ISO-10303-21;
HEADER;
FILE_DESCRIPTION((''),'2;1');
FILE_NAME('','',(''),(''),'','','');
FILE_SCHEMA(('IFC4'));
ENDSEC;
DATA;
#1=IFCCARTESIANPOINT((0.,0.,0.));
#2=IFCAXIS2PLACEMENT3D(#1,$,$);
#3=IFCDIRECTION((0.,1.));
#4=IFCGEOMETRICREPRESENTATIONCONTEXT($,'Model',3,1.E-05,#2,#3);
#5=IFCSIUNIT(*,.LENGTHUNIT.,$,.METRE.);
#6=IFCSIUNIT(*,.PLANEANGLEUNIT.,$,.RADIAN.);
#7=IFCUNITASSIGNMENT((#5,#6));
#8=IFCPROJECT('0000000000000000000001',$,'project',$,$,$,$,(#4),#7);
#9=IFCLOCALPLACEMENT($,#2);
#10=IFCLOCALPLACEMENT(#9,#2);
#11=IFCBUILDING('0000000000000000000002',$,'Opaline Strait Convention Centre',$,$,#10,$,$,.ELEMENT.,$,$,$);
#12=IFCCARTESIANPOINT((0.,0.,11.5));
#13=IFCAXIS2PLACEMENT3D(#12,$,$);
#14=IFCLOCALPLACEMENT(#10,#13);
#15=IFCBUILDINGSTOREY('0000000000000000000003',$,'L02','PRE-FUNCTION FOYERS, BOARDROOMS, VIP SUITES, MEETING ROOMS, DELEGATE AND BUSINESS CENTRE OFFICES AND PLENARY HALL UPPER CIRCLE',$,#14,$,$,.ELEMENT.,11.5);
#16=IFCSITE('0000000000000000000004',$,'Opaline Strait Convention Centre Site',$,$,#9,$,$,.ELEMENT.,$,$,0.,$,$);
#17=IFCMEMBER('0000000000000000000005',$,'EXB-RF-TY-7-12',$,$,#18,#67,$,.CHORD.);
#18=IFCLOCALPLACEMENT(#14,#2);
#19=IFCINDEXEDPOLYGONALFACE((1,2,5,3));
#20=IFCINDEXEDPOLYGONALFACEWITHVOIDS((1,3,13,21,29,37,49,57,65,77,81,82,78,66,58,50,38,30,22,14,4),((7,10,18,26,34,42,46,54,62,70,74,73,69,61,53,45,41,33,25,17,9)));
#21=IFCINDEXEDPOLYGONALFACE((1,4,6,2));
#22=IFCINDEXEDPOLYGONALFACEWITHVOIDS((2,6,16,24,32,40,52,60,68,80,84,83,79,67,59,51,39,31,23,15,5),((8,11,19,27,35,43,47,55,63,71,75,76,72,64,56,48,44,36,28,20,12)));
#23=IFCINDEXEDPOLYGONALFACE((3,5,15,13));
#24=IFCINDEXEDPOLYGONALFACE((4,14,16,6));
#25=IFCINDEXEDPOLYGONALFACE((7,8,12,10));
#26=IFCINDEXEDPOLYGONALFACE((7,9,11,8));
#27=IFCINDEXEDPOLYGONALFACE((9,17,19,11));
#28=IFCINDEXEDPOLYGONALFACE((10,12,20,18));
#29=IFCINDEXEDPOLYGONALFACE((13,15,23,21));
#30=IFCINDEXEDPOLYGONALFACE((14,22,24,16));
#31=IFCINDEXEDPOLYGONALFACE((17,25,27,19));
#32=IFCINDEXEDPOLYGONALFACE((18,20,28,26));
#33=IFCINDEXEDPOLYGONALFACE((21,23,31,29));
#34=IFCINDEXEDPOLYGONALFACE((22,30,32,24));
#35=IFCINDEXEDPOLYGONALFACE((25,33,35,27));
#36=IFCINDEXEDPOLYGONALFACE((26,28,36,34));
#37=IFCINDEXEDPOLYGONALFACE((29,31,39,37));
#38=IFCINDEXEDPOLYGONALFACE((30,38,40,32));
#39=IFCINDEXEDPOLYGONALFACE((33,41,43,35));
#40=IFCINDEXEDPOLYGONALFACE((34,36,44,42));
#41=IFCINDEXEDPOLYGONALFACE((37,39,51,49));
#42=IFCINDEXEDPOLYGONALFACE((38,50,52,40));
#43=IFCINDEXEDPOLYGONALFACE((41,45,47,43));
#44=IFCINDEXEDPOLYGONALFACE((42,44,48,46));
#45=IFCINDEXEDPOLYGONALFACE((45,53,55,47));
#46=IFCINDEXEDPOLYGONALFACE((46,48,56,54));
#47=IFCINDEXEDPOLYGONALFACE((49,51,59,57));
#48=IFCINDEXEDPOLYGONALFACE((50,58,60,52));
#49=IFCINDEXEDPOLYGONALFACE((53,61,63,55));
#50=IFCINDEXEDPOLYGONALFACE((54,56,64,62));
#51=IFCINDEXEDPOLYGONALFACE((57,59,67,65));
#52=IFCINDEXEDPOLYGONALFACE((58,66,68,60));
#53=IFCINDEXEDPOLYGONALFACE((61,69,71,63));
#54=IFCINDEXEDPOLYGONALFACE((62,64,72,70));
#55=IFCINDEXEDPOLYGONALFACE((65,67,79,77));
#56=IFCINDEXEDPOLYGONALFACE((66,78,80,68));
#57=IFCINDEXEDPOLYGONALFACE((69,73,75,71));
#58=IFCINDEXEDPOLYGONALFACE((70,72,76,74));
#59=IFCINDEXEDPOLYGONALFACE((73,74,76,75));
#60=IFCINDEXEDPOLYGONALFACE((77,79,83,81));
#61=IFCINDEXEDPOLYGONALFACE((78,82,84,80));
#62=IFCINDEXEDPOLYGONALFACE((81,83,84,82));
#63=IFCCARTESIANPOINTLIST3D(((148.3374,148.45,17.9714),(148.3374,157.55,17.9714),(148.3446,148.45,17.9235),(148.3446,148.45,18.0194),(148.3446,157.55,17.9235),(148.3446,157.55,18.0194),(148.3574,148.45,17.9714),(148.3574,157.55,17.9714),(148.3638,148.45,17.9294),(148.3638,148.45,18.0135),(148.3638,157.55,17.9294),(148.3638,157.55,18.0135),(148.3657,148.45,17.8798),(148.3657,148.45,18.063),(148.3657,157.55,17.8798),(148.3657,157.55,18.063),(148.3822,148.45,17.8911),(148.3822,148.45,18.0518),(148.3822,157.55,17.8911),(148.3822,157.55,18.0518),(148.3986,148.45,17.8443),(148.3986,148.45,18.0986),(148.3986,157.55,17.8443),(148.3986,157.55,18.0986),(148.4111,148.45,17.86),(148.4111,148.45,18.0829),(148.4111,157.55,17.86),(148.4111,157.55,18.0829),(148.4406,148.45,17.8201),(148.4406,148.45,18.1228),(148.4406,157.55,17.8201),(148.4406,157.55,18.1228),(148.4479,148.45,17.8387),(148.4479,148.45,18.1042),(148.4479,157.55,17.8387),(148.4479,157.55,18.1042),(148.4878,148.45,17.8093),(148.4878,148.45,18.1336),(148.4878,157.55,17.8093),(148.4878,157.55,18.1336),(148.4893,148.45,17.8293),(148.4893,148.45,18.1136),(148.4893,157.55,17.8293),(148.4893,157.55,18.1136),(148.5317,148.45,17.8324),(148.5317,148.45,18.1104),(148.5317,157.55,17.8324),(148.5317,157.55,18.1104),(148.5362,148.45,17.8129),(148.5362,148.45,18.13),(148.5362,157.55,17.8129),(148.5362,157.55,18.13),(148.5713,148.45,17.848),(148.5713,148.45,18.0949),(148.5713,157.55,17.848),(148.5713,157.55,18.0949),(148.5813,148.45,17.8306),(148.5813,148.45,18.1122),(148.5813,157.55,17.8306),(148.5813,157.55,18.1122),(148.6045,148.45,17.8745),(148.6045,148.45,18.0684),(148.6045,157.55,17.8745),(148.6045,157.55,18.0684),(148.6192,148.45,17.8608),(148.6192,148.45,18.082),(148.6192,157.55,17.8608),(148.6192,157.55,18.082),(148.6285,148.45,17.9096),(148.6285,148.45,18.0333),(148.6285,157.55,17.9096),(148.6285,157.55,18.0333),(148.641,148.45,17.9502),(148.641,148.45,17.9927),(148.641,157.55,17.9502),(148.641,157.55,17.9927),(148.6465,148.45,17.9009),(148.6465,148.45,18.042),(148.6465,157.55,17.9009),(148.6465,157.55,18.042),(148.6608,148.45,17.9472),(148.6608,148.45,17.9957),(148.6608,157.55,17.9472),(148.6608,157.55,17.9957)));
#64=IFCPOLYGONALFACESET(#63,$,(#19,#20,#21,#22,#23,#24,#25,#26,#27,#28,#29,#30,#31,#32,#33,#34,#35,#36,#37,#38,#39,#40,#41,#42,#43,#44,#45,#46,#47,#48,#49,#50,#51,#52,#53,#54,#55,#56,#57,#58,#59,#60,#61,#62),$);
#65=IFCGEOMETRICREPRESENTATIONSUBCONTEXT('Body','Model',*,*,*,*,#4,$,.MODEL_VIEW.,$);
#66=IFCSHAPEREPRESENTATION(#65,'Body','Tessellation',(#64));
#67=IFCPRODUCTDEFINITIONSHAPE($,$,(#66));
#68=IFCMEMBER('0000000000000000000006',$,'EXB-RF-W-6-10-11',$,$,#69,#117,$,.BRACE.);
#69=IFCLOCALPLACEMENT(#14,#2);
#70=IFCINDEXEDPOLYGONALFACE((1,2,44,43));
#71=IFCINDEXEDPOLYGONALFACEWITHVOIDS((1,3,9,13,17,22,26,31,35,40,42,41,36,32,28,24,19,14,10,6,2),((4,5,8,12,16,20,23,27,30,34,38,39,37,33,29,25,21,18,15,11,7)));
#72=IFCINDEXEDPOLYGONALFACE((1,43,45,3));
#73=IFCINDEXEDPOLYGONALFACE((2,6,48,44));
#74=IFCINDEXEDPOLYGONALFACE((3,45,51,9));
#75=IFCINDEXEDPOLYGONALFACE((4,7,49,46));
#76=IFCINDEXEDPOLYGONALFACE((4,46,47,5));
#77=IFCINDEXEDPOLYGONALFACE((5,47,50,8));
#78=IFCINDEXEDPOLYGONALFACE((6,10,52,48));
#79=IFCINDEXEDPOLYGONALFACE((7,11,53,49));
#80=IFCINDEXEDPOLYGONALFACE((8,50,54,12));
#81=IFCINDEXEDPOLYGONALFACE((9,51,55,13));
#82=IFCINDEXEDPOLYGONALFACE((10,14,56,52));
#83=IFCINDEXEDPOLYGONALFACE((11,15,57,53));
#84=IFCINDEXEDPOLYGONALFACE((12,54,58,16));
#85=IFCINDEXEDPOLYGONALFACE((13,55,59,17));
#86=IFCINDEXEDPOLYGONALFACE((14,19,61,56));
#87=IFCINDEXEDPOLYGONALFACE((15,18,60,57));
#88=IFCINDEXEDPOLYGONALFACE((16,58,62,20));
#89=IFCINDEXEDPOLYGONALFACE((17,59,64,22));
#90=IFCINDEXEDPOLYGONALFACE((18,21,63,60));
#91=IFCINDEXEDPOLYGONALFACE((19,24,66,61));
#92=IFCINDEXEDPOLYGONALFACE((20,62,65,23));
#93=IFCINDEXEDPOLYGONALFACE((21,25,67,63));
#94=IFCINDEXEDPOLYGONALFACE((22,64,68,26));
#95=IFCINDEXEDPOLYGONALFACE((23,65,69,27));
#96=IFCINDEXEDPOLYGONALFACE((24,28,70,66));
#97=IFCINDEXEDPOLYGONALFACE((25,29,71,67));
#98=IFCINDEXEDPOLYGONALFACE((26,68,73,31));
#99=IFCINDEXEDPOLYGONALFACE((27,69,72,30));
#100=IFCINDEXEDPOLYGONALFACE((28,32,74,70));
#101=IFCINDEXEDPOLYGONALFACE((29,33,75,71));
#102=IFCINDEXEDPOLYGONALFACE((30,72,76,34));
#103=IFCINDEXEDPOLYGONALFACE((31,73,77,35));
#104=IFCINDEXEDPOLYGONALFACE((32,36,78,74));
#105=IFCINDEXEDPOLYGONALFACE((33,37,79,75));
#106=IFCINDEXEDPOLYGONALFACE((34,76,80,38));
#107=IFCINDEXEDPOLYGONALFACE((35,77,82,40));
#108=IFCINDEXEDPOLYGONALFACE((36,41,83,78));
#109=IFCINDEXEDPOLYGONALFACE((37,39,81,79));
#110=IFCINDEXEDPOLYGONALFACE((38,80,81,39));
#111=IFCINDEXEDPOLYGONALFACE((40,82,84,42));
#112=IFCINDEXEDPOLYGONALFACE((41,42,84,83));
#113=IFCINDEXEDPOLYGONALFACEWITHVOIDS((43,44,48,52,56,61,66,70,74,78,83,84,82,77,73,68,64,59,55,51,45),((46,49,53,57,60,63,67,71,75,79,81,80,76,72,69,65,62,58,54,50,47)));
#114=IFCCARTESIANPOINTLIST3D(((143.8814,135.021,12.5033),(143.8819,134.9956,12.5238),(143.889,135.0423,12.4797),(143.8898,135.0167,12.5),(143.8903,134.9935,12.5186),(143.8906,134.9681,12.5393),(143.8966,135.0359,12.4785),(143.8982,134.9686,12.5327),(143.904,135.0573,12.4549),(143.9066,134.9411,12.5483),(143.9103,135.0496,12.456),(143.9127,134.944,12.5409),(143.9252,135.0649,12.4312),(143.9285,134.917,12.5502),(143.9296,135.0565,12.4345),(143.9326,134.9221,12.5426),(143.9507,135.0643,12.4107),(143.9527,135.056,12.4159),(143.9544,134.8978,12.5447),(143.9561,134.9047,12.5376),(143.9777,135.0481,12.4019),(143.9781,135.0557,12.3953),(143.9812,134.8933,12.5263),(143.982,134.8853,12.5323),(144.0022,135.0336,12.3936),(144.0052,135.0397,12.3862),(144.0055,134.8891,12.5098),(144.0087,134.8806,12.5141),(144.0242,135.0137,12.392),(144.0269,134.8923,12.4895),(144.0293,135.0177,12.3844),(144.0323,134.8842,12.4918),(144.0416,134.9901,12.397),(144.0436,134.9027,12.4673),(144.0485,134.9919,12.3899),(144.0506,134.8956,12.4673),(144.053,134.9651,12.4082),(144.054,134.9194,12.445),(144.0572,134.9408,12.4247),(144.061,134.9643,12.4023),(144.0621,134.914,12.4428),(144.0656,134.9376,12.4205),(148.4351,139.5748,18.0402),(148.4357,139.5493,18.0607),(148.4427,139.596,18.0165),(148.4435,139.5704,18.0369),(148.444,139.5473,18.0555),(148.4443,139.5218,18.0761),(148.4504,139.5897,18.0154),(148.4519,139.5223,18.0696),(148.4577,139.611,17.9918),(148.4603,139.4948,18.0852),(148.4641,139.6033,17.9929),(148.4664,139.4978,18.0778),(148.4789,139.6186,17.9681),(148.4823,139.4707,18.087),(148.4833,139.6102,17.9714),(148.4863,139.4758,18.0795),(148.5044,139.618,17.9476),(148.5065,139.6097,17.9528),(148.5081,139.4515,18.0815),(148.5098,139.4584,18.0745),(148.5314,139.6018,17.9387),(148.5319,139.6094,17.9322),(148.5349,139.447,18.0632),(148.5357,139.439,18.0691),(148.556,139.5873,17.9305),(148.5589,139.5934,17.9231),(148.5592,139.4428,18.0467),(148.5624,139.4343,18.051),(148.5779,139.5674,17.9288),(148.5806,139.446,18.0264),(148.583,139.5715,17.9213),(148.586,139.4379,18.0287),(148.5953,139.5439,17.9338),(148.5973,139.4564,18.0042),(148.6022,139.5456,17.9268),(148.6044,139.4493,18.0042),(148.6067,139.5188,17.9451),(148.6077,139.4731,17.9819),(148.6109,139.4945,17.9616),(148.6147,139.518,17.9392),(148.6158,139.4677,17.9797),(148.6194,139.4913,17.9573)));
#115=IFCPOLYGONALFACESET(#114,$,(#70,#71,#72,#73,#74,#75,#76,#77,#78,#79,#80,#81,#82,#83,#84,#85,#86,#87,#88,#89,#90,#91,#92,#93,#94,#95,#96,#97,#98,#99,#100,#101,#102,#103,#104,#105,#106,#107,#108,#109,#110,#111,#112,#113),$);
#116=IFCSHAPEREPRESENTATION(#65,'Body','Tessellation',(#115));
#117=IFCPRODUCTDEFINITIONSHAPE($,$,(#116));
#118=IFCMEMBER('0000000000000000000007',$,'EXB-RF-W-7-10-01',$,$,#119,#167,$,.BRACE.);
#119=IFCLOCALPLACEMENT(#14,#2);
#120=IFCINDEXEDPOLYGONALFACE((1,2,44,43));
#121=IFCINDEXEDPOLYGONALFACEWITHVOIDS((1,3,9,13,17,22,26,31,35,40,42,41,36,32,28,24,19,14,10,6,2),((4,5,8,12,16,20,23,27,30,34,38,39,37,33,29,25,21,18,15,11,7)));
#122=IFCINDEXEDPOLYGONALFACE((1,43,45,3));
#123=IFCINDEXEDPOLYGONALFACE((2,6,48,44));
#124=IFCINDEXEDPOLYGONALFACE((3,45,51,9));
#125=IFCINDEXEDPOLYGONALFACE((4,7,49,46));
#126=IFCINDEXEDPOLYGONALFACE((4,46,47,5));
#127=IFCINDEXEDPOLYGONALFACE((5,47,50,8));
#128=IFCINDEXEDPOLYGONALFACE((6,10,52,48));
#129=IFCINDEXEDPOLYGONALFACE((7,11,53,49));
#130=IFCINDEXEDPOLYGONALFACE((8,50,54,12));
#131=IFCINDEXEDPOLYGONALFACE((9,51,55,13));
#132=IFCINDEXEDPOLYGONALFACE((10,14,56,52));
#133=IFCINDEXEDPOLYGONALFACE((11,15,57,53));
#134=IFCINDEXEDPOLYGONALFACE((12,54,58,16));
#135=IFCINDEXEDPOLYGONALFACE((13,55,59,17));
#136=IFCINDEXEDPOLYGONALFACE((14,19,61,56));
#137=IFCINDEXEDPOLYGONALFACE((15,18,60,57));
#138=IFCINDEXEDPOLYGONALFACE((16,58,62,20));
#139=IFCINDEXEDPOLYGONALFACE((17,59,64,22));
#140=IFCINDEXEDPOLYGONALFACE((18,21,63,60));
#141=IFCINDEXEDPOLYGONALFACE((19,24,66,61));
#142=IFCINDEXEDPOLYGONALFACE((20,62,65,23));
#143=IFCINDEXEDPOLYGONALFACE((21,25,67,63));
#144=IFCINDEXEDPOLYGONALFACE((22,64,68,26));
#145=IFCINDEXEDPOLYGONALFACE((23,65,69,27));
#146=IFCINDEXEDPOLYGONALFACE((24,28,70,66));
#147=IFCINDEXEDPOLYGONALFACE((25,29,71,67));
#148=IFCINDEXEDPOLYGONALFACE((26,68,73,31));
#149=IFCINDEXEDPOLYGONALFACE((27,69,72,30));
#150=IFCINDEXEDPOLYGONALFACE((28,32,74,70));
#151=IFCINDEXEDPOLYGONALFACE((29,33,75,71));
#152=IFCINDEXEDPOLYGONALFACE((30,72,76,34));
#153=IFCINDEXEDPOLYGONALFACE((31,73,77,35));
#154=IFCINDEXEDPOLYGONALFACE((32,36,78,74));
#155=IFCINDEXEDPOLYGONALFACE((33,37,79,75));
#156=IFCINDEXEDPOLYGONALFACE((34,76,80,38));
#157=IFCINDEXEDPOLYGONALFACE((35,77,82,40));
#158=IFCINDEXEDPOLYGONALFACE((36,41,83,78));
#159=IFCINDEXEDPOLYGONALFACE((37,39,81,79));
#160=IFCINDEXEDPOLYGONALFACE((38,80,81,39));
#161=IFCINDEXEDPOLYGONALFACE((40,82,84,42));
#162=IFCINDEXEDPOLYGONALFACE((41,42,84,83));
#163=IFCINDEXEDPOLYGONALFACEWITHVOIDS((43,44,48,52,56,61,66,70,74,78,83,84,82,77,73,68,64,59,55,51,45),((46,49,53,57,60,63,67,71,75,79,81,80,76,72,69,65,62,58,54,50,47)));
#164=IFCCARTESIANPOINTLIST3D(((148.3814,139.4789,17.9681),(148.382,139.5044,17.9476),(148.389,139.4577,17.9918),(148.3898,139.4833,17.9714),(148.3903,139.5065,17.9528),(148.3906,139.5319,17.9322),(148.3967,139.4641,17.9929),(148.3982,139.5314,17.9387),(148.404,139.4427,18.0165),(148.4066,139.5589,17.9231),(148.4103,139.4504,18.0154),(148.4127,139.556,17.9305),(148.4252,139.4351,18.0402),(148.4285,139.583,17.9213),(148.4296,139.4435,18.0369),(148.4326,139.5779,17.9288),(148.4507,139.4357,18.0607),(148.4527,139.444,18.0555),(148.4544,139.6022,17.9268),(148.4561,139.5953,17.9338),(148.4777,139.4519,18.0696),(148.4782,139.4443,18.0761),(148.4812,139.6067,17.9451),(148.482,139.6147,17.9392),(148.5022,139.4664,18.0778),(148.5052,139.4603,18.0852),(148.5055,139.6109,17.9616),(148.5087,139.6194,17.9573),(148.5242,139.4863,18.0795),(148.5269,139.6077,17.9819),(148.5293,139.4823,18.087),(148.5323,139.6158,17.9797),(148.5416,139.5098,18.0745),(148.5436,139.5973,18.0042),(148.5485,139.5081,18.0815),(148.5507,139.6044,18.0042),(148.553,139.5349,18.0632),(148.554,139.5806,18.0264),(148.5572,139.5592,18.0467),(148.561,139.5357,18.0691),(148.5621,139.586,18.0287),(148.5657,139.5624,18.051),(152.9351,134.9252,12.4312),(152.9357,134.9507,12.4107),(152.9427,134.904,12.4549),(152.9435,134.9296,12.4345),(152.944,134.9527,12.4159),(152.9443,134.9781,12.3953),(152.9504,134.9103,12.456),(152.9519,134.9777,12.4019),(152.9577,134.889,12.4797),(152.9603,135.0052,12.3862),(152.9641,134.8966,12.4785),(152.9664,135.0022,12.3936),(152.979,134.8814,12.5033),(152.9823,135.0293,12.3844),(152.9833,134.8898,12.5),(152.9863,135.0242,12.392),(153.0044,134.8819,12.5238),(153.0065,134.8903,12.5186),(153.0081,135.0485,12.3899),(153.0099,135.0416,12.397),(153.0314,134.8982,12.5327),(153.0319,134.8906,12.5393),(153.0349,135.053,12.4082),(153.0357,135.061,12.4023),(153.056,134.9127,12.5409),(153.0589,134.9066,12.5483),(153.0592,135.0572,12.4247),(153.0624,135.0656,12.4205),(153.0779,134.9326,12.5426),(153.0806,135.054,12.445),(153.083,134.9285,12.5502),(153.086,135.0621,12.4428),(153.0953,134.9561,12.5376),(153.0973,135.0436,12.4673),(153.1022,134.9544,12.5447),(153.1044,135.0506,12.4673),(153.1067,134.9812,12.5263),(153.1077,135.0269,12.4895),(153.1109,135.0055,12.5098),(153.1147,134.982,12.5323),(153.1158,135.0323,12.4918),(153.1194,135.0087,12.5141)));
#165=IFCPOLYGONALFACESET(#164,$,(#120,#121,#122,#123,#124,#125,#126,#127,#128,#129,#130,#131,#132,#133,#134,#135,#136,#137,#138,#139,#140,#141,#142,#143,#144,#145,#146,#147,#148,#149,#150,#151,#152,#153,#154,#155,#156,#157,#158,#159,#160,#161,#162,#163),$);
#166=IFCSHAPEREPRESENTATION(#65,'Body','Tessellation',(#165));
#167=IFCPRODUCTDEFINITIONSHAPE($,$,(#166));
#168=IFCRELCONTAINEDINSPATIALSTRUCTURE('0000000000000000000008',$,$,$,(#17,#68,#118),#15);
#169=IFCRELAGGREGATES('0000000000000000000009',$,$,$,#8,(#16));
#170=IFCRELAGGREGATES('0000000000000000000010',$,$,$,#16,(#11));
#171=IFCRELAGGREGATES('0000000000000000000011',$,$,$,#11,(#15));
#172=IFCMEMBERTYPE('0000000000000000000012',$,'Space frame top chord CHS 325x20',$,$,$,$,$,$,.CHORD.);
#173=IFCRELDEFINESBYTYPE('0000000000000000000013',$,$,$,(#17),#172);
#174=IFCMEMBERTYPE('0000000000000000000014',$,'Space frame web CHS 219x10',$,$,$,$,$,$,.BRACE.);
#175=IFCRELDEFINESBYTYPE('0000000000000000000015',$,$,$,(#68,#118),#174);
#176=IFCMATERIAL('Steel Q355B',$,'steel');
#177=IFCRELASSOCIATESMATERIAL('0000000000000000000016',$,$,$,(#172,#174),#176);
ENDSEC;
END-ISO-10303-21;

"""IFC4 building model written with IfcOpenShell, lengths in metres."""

from ifc_helpers import new_model, si_unit, direction, frame, origin, origin_2d, place, context, subcontext, project, spatial, hollow_circle, extrude, material, material_profile, profile_set, type_object, element, save


model = new_model("IFC4")

# Units and contexts
model_context = context("Model", 3, precision=1e-05, world=origin(), true_north=direction((0.0, 1.0)))
body_context = subcontext(model_context, "Body", "Model", "MODEL_VIEW")
ifc_project = project(units=[si_unit("LENGTHUNIT", "METRE"), si_unit("PLANEANGLEUNIT", "RADIAN")], contexts=[model_context])

# Site, building, storey
site_placement = place(None, origin())
site = spatial("IfcSite", under=ifc_project, at=site_placement, Name="Opaline Strait Convention Centre Site", CompositionType="ELEMENT", RefElevation=0.0)
building_placement = place(site_placement, origin())
building = spatial("IfcBuilding", under=site, at=building_placement, Name="Opaline Strait Convention Centre", CompositionType="ELEMENT")
storey_placement = place(building_placement, frame((0.0, 0.0, 11.5)))
storey = spatial("IfcBuildingStorey", under=building, at=storey_placement, Name="L02", Description="PRE-FUNCTION FOYERS, BOARDROOMS, VIP SUITES, MEETING ROOMS, DELEGATE AND BUSINESS CENTRE OFFICES AND PLENARY HALL UPPER CIRCLE", CompositionType="ELEMENT", Elevation=11.5)

# Members
ifc_material_1 = material(Name="Steel Q355B", Category="steel")
ifc_material_profile_1 = material_profile(ifc_material_1, hollow_circle(Radius=0.1626, WallThickness=0.02, at=origin_2d()), Name="CHS 325x20")
ifc_profile_set_1 = profile_set([ifc_material_profile_1], Name="Steel Q355B")
member_type_1 = type_object("IfcMemberType", Name="Space frame top chord CHS 325x20", PredefinedType="CHORD", material=ifc_profile_set_1)
for number, where, z_axis, x_axis, name in (
    (1, (148.5, 148.45, 17.9714), (0.0, 1.0, 0.0), (-1.0, 0.0, 0.0), "EXB-RF-TY-7-12"),
):
    element("IfcMember", number, at=place(storey_placement, frame(where, z_axis=z_axis, x_axis=x_axis)), inside=storey, type_object=member_type_1, Name=name, PredefinedType="CHORD", context=body_context, shape_type="SweptSolid", body=[
        extrude(hollow_circle(Radius=0.1626, WallThickness=0.02, at=origin_2d()), origin(), (0.0, 0.0, 1.0), 9.1001),
    ])
ifc_material_profile_2 = material_profile(ifc_material_1, hollow_circle(Radius=0.1096, WallThickness=0.01, at=origin_2d()), Name="CHS 219x10")
ifc_profile_set_2 = profile_set([ifc_material_profile_2], Name="Steel Q355B")
member_type_2 = type_object("IfcMemberType", Name="Space frame web CHS 219x10", PredefinedType="BRACE", material=ifc_profile_set_2)
for number, where, z_axis, x_axis, name in (
    (2, (148.5269, 139.5269, 18.0042), (-0.536178, -0.536178, -0.65194), (0.707107, -0.707107, 0.0), "EXB-RF-W-6-10-11"),
    (3, (148.4731, 139.5269, 18.0042), (0.536178, -0.536178, -0.65194), (0.707107, 0.707107, 0.0), "EXB-RF-W-7-10-01"),
):
    element("IfcMember", number, at=place(storey_placement, frame(where, z_axis=z_axis, x_axis=x_axis)), inside=storey, type_object=member_type_2, Name=name, PredefinedType="BRACE", context=body_context, shape_type="SweptSolid", body=[
        extrude(hollow_circle(Radius=0.1096, WallThickness=0.01, at=origin_2d()), origin(), (0.0, 0.0, 1.0), 8.4929),
    ])

save(model, "model.ifc")
